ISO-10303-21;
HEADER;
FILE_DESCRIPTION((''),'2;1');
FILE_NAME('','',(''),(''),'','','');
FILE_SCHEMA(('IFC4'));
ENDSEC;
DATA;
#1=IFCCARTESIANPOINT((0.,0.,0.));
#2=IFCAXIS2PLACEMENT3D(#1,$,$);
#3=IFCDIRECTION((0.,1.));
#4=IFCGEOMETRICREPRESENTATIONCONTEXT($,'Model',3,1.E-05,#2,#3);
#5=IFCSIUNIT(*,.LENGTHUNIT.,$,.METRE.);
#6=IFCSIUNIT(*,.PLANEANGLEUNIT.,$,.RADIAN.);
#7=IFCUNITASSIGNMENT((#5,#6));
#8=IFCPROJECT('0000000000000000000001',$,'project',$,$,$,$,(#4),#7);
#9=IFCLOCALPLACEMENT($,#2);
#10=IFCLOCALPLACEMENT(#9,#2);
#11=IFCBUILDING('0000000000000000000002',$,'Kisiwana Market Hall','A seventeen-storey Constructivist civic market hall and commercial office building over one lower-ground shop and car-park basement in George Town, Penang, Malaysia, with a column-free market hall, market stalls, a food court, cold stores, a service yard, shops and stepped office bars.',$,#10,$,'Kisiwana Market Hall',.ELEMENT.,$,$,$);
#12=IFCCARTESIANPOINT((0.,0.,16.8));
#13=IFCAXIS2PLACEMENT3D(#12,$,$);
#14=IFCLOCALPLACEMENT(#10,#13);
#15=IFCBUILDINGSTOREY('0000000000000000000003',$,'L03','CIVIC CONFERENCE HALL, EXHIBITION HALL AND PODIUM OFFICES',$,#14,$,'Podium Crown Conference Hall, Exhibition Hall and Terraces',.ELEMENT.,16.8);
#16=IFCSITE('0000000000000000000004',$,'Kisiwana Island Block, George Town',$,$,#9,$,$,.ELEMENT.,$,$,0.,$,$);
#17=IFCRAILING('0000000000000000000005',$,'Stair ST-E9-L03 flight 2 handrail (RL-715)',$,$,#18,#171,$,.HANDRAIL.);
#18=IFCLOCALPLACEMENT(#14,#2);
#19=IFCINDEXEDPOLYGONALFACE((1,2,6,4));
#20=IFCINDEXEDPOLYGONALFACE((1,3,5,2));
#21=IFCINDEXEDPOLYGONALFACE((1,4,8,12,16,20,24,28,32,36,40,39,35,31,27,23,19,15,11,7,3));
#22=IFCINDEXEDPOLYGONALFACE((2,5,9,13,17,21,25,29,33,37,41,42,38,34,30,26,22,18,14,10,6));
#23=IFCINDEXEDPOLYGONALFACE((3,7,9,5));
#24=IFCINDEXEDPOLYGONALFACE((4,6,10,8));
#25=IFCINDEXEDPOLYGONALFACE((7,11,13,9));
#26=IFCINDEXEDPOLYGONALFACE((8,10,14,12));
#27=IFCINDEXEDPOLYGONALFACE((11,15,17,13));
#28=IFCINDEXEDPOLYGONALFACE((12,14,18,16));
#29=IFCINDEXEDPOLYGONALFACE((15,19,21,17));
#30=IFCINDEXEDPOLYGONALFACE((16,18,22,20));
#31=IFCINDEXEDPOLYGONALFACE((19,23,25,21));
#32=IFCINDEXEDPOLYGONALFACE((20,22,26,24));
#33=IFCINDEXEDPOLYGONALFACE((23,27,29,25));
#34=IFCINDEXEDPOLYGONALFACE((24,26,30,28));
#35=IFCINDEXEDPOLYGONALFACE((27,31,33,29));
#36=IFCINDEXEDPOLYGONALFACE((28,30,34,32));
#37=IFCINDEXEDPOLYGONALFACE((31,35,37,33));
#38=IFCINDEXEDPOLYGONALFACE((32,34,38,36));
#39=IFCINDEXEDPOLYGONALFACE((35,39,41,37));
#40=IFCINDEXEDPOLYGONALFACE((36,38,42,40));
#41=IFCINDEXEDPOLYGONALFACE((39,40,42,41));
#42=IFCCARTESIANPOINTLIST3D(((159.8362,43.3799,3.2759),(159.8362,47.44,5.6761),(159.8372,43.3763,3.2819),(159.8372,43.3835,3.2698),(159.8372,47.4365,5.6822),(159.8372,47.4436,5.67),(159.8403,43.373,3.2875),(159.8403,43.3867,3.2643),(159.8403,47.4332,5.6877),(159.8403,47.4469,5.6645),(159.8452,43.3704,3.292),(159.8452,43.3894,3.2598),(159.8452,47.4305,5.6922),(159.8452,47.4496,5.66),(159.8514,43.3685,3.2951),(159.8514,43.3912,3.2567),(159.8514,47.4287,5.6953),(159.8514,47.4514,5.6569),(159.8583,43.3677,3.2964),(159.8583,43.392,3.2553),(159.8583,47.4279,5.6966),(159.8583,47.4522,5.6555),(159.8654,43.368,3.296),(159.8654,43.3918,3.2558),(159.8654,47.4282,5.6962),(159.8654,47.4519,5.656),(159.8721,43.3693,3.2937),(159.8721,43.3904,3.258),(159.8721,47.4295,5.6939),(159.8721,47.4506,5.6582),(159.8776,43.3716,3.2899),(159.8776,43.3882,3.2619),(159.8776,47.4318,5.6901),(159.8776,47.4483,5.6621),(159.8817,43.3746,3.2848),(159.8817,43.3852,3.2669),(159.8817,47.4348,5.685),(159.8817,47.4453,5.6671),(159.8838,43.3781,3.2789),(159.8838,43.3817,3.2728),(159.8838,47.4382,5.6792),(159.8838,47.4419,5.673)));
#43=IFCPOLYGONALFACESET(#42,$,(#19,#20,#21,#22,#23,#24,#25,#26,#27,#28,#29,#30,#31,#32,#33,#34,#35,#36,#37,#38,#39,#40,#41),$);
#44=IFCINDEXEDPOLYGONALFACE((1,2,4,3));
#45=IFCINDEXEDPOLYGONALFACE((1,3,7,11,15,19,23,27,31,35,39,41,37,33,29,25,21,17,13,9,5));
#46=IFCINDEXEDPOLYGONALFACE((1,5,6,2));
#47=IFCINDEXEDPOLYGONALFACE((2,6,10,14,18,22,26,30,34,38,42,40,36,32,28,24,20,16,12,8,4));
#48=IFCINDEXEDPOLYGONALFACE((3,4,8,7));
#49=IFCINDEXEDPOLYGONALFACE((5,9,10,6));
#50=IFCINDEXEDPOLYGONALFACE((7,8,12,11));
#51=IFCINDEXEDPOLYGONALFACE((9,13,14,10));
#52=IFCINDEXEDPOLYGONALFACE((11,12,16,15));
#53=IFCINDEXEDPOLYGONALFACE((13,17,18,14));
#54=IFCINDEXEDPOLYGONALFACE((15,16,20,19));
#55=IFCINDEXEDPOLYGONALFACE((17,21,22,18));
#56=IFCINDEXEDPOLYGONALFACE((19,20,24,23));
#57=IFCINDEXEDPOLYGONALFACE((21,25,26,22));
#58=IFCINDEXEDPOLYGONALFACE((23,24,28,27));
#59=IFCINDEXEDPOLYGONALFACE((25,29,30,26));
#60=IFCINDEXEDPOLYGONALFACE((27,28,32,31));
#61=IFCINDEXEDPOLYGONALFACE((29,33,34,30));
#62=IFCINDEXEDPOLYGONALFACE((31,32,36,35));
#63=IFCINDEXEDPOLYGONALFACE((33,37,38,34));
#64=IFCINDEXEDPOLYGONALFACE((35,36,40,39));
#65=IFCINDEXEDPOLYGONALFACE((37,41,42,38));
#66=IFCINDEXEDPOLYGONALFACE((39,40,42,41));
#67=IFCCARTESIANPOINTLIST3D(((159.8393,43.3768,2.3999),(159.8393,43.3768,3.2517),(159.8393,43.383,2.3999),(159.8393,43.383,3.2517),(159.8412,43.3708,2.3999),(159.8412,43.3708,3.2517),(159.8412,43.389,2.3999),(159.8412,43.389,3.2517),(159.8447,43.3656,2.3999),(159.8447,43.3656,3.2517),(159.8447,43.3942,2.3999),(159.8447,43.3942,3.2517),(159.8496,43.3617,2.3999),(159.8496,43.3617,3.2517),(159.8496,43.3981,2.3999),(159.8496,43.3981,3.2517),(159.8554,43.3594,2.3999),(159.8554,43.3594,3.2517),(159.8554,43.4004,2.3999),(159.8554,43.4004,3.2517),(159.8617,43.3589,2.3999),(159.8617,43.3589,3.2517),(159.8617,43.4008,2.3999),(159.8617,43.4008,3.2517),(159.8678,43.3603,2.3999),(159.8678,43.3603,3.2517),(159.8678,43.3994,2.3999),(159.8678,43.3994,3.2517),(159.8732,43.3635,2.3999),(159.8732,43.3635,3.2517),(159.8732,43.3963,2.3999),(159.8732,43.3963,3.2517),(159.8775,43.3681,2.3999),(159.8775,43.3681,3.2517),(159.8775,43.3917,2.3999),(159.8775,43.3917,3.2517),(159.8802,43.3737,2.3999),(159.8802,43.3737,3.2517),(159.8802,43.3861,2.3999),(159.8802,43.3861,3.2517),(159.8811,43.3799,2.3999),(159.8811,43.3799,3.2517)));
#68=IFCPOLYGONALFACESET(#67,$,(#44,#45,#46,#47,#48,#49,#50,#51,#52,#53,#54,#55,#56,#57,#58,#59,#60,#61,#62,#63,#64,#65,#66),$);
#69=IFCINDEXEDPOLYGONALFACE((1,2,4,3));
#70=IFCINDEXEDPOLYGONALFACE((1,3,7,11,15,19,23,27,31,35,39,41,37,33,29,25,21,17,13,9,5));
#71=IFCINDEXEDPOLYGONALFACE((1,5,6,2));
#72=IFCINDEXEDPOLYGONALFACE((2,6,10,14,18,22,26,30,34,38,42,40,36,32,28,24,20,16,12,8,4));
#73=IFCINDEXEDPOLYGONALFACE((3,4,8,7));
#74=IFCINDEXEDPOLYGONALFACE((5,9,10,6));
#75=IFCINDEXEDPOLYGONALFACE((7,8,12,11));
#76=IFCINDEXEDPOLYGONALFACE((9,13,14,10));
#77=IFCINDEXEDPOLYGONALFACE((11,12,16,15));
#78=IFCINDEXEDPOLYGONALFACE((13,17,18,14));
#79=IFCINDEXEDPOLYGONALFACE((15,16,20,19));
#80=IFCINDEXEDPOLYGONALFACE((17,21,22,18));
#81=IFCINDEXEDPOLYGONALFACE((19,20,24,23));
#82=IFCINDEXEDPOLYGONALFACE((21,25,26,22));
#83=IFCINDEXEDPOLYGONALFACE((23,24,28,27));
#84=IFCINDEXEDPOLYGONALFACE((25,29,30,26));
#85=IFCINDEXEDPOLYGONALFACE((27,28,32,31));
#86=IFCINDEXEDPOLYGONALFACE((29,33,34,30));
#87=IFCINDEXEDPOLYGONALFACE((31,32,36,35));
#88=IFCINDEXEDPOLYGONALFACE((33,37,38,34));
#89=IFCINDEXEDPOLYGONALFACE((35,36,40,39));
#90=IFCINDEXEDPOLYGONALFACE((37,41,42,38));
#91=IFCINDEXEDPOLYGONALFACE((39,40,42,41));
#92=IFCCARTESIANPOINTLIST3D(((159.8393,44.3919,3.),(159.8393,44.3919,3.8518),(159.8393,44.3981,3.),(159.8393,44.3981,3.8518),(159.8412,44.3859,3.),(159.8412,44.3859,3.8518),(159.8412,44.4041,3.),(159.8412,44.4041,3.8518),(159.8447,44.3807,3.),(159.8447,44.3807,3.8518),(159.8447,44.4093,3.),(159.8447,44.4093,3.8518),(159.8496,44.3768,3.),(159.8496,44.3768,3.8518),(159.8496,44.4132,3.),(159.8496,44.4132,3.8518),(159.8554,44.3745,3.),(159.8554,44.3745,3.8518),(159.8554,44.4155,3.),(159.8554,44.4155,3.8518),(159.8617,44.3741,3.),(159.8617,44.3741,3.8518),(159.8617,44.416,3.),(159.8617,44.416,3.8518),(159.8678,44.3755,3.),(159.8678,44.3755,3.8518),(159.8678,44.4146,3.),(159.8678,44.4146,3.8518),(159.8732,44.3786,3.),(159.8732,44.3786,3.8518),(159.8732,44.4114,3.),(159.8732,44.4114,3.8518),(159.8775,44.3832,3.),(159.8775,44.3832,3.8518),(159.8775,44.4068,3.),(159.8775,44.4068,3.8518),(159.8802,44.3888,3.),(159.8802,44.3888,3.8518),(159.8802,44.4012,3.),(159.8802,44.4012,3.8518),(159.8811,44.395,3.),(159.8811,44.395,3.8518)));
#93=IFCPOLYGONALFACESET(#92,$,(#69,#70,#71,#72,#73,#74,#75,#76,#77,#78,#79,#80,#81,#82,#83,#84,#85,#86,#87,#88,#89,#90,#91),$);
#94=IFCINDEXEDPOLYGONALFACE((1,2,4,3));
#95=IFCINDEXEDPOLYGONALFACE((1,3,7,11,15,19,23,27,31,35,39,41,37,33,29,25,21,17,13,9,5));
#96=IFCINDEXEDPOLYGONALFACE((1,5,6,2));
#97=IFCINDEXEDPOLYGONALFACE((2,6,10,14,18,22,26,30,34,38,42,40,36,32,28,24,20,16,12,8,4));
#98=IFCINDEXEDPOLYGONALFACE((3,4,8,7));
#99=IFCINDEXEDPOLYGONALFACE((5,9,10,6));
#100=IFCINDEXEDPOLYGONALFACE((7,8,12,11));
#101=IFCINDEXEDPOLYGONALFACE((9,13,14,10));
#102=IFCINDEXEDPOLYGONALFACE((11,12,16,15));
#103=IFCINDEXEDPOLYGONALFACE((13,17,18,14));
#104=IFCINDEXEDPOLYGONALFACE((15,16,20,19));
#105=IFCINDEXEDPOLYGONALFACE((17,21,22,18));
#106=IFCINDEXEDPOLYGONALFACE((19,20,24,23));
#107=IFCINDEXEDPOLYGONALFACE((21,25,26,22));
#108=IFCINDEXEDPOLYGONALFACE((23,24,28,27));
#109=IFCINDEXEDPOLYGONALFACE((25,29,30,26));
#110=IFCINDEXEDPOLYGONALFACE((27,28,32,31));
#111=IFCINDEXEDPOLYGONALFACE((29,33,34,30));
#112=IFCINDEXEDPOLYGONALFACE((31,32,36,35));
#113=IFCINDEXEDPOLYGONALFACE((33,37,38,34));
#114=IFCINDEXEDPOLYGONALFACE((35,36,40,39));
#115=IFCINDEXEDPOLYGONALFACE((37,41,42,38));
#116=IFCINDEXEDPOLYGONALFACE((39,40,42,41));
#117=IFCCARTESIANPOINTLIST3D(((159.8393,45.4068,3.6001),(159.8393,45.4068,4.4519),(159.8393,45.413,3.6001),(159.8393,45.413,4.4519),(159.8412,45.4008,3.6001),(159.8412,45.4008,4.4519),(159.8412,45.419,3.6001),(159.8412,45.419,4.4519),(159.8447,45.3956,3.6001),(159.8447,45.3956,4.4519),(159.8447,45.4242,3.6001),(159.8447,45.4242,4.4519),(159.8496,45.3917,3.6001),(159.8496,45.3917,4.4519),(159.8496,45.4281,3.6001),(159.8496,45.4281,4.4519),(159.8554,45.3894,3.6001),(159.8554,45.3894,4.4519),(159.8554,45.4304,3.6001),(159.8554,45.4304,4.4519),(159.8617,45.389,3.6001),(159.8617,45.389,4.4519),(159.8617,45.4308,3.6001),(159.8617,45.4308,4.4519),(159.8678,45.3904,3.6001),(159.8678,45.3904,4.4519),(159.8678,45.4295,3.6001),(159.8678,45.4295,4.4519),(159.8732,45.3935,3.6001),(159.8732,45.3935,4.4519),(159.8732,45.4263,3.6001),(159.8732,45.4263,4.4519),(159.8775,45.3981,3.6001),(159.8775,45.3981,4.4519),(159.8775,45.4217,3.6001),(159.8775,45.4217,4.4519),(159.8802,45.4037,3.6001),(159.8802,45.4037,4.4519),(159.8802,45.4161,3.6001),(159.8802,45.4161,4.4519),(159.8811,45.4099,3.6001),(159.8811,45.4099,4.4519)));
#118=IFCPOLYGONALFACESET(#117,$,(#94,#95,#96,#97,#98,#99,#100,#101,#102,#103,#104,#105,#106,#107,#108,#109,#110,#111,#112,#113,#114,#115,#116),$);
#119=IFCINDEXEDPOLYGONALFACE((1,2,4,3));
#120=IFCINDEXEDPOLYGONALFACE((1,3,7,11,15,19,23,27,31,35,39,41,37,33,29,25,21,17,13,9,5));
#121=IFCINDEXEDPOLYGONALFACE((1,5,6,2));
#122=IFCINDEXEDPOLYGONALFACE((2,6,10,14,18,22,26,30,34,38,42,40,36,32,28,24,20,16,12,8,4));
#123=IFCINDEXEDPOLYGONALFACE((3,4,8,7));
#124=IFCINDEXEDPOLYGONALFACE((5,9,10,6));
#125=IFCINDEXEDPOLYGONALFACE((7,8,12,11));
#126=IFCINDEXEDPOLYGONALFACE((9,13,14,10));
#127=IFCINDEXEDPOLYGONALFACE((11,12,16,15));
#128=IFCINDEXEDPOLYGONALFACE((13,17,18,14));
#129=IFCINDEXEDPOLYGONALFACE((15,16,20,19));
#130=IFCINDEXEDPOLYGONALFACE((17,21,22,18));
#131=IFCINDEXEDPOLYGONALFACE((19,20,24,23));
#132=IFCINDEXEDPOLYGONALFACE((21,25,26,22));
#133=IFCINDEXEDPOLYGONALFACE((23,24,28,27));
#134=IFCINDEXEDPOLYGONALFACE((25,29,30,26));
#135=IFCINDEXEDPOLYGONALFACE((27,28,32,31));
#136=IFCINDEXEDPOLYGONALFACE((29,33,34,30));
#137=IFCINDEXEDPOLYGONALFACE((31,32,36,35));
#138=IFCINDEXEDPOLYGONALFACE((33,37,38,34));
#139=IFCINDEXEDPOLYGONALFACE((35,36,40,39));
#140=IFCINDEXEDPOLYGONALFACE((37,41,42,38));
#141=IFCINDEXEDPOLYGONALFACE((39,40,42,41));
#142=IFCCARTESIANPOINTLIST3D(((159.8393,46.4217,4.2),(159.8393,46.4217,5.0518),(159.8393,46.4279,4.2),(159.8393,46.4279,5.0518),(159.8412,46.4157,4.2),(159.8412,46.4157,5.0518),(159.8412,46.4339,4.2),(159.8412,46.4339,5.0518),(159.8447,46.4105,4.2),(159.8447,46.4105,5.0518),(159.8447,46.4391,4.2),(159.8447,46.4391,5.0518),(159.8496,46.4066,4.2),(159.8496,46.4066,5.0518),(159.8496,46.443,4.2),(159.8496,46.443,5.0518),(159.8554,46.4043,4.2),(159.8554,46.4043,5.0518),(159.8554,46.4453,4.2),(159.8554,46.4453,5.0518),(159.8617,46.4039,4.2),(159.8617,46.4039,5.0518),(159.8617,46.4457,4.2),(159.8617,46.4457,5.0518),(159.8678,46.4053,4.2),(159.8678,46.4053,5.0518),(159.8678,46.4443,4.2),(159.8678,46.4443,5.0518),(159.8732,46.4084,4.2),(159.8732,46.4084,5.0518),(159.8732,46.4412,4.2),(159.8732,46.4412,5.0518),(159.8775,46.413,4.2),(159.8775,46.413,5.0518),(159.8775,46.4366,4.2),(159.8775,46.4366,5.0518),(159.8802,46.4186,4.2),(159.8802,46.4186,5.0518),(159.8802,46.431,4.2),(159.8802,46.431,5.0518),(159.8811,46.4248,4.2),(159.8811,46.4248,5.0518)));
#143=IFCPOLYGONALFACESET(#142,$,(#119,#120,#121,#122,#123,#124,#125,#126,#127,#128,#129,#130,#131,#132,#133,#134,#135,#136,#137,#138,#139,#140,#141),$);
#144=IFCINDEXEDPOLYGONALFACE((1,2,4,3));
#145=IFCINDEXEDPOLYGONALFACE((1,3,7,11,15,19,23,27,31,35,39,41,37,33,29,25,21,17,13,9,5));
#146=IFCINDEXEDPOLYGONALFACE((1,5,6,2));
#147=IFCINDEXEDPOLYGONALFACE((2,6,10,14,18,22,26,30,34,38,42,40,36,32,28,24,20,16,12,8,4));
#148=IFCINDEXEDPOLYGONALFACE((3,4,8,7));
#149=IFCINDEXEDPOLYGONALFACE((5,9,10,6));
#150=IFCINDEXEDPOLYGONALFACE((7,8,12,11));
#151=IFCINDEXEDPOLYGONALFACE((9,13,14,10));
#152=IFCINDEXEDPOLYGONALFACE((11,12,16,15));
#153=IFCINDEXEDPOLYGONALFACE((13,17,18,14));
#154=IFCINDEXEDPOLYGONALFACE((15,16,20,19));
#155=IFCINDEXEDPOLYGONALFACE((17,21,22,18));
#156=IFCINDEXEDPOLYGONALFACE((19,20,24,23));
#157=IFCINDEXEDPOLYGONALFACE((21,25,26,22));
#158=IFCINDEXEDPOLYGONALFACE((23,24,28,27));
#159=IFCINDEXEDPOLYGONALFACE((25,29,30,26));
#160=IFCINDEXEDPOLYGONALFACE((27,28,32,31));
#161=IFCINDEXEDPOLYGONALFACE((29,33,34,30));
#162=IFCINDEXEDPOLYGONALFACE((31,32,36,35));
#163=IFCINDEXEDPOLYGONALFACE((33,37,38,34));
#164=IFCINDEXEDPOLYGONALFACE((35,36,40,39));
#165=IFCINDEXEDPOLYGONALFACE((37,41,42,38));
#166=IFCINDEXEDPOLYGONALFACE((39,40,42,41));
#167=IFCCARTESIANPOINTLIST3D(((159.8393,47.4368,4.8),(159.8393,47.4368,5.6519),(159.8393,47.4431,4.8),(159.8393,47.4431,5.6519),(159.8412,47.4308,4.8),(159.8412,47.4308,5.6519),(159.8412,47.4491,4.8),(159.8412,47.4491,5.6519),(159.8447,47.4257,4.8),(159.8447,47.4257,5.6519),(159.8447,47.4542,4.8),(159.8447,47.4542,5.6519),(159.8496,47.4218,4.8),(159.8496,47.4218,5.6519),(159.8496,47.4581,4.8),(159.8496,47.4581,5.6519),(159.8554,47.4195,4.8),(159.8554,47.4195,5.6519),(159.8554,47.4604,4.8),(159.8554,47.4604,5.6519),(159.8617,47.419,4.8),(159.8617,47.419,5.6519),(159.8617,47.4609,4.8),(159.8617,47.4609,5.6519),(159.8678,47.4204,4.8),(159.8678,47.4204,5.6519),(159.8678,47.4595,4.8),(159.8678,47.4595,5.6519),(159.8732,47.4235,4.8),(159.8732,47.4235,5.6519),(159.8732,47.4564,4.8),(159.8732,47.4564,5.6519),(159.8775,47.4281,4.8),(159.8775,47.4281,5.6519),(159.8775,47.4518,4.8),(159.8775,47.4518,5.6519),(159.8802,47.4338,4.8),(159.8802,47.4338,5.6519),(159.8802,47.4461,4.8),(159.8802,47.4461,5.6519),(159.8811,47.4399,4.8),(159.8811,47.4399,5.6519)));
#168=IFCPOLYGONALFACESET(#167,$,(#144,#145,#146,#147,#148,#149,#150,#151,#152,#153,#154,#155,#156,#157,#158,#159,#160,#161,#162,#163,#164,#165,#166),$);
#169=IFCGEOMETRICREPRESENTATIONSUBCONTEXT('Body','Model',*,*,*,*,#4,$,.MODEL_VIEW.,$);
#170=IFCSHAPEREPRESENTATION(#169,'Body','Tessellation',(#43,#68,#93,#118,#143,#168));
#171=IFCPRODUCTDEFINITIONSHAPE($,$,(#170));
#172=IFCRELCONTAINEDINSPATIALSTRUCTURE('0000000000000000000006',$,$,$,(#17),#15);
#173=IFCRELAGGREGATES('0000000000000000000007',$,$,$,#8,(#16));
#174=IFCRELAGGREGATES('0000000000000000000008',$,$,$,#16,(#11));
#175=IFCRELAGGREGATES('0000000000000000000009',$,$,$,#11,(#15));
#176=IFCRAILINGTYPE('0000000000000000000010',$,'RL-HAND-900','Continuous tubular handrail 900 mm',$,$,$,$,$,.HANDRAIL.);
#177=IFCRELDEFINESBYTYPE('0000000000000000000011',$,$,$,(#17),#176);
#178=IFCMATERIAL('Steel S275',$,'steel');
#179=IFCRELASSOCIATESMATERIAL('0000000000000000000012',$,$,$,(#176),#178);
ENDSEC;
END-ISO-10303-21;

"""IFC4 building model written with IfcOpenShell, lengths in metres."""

from ifc_helpers import new_model, si_unit, direction, frame, origin, origin_2d, place, context, subcontext, project, spatial, circle, extrude, material, type_object, element, save


model = new_model("IFC4")

# Units and contexts
model_context = context("Model", 3, precision=1e-05, world=origin(), true_north=direction((0.0, 1.0)))
body_context = subcontext(model_context, "Body", "Model", "MODEL_VIEW")
ifc_project = project(units=[si_unit("LENGTHUNIT", "METRE"), si_unit("PLANEANGLEUNIT", "RADIAN")], contexts=[model_context])

# Site, building, storey
site_placement = place(None, origin())
site = spatial("IfcSite", under=ifc_project, at=site_placement, Name="Kisiwana Island Block, George Town", CompositionType="ELEMENT", RefElevation=0.0)
building_placement = place(site_placement, origin())
building = spatial("IfcBuilding", under=site, at=building_placement, Name="Kisiwana Market Hall", Description="A seventeen-storey Constructivist civic market hall and commercial office building over one lower-ground shop and car-park basement in George Town, Penang, Malaysia, with a column-free market hall, market stalls, a food court, cold stores, a service yard, shops and stepped office bars.", LongName="Kisiwana Market Hall", CompositionType="ELEMENT")
storey_placement = place(building_placement, frame((0.0, 0.0, 16.8)))
storey = spatial("IfcBuildingStorey", under=building, at=storey_placement, Name="L03", Description="CIVIC CONFERENCE HALL, EXHIBITION HALL AND PODIUM OFFICES", LongName="Podium Crown Conference Hall, Exhibition Hall and Terraces", CompositionType="ELEMENT", Elevation=16.8)

# Railing
ifc_material_1 = material(Name="Steel S275", Category="steel")
railing_type_1 = type_object("IfcRailingType", Name="RL-HAND-900", Description="Continuous tubular handrail 900 mm", PredefinedType="HANDRAIL", material=ifc_material_1)
railing_1_placement = place(storey_placement, frame((159.8601, 43.3799, 2.3999)))
element("IfcRailing", 1, at=railing_1_placement, inside=storey, type_object=railing_type_1, Name="Stair ST-E9-L03 flight 2 handrail (RL-715)", PredefinedType="HANDRAIL", context=body_context, shape_type="SweptSolid", body=[
    extrude(circle(Radius=0.0239, at=origin_2d()), frame((0.0, 0.0, 0.876), z_axis=(0.0, 0.860832, 0.50889), x_axis=(-1.0, 0.0, 0.0)), (0.0, 0.0, 1.0), 4.7166),
    extrude(circle(Radius=0.021, at=origin_2d()), origin(), (0.0, 0.0, 1.0), 0.8518),
    extrude(circle(Radius=0.021, at=origin_2d()), frame((0.0, 1.0151, 0.6001)), (0.0, 0.0, 1.0), 0.8518),
    extrude(circle(Radius=0.021, at=origin_2d()), frame((0.0, 2.03, 1.2002)), (0.0, 0.0, 1.0), 0.8518),
    extrude(circle(Radius=0.021, at=origin_2d()), frame((0.0, 3.0449, 1.8)), (0.0, 0.0, 1.0), 0.8518),
    extrude(circle(Radius=0.021, at=origin_2d()), frame((0.0, 4.0601, 2.4001)), (0.0, 0.0, 1.0), 0.8518),
])

save(model, "model.ifc")
